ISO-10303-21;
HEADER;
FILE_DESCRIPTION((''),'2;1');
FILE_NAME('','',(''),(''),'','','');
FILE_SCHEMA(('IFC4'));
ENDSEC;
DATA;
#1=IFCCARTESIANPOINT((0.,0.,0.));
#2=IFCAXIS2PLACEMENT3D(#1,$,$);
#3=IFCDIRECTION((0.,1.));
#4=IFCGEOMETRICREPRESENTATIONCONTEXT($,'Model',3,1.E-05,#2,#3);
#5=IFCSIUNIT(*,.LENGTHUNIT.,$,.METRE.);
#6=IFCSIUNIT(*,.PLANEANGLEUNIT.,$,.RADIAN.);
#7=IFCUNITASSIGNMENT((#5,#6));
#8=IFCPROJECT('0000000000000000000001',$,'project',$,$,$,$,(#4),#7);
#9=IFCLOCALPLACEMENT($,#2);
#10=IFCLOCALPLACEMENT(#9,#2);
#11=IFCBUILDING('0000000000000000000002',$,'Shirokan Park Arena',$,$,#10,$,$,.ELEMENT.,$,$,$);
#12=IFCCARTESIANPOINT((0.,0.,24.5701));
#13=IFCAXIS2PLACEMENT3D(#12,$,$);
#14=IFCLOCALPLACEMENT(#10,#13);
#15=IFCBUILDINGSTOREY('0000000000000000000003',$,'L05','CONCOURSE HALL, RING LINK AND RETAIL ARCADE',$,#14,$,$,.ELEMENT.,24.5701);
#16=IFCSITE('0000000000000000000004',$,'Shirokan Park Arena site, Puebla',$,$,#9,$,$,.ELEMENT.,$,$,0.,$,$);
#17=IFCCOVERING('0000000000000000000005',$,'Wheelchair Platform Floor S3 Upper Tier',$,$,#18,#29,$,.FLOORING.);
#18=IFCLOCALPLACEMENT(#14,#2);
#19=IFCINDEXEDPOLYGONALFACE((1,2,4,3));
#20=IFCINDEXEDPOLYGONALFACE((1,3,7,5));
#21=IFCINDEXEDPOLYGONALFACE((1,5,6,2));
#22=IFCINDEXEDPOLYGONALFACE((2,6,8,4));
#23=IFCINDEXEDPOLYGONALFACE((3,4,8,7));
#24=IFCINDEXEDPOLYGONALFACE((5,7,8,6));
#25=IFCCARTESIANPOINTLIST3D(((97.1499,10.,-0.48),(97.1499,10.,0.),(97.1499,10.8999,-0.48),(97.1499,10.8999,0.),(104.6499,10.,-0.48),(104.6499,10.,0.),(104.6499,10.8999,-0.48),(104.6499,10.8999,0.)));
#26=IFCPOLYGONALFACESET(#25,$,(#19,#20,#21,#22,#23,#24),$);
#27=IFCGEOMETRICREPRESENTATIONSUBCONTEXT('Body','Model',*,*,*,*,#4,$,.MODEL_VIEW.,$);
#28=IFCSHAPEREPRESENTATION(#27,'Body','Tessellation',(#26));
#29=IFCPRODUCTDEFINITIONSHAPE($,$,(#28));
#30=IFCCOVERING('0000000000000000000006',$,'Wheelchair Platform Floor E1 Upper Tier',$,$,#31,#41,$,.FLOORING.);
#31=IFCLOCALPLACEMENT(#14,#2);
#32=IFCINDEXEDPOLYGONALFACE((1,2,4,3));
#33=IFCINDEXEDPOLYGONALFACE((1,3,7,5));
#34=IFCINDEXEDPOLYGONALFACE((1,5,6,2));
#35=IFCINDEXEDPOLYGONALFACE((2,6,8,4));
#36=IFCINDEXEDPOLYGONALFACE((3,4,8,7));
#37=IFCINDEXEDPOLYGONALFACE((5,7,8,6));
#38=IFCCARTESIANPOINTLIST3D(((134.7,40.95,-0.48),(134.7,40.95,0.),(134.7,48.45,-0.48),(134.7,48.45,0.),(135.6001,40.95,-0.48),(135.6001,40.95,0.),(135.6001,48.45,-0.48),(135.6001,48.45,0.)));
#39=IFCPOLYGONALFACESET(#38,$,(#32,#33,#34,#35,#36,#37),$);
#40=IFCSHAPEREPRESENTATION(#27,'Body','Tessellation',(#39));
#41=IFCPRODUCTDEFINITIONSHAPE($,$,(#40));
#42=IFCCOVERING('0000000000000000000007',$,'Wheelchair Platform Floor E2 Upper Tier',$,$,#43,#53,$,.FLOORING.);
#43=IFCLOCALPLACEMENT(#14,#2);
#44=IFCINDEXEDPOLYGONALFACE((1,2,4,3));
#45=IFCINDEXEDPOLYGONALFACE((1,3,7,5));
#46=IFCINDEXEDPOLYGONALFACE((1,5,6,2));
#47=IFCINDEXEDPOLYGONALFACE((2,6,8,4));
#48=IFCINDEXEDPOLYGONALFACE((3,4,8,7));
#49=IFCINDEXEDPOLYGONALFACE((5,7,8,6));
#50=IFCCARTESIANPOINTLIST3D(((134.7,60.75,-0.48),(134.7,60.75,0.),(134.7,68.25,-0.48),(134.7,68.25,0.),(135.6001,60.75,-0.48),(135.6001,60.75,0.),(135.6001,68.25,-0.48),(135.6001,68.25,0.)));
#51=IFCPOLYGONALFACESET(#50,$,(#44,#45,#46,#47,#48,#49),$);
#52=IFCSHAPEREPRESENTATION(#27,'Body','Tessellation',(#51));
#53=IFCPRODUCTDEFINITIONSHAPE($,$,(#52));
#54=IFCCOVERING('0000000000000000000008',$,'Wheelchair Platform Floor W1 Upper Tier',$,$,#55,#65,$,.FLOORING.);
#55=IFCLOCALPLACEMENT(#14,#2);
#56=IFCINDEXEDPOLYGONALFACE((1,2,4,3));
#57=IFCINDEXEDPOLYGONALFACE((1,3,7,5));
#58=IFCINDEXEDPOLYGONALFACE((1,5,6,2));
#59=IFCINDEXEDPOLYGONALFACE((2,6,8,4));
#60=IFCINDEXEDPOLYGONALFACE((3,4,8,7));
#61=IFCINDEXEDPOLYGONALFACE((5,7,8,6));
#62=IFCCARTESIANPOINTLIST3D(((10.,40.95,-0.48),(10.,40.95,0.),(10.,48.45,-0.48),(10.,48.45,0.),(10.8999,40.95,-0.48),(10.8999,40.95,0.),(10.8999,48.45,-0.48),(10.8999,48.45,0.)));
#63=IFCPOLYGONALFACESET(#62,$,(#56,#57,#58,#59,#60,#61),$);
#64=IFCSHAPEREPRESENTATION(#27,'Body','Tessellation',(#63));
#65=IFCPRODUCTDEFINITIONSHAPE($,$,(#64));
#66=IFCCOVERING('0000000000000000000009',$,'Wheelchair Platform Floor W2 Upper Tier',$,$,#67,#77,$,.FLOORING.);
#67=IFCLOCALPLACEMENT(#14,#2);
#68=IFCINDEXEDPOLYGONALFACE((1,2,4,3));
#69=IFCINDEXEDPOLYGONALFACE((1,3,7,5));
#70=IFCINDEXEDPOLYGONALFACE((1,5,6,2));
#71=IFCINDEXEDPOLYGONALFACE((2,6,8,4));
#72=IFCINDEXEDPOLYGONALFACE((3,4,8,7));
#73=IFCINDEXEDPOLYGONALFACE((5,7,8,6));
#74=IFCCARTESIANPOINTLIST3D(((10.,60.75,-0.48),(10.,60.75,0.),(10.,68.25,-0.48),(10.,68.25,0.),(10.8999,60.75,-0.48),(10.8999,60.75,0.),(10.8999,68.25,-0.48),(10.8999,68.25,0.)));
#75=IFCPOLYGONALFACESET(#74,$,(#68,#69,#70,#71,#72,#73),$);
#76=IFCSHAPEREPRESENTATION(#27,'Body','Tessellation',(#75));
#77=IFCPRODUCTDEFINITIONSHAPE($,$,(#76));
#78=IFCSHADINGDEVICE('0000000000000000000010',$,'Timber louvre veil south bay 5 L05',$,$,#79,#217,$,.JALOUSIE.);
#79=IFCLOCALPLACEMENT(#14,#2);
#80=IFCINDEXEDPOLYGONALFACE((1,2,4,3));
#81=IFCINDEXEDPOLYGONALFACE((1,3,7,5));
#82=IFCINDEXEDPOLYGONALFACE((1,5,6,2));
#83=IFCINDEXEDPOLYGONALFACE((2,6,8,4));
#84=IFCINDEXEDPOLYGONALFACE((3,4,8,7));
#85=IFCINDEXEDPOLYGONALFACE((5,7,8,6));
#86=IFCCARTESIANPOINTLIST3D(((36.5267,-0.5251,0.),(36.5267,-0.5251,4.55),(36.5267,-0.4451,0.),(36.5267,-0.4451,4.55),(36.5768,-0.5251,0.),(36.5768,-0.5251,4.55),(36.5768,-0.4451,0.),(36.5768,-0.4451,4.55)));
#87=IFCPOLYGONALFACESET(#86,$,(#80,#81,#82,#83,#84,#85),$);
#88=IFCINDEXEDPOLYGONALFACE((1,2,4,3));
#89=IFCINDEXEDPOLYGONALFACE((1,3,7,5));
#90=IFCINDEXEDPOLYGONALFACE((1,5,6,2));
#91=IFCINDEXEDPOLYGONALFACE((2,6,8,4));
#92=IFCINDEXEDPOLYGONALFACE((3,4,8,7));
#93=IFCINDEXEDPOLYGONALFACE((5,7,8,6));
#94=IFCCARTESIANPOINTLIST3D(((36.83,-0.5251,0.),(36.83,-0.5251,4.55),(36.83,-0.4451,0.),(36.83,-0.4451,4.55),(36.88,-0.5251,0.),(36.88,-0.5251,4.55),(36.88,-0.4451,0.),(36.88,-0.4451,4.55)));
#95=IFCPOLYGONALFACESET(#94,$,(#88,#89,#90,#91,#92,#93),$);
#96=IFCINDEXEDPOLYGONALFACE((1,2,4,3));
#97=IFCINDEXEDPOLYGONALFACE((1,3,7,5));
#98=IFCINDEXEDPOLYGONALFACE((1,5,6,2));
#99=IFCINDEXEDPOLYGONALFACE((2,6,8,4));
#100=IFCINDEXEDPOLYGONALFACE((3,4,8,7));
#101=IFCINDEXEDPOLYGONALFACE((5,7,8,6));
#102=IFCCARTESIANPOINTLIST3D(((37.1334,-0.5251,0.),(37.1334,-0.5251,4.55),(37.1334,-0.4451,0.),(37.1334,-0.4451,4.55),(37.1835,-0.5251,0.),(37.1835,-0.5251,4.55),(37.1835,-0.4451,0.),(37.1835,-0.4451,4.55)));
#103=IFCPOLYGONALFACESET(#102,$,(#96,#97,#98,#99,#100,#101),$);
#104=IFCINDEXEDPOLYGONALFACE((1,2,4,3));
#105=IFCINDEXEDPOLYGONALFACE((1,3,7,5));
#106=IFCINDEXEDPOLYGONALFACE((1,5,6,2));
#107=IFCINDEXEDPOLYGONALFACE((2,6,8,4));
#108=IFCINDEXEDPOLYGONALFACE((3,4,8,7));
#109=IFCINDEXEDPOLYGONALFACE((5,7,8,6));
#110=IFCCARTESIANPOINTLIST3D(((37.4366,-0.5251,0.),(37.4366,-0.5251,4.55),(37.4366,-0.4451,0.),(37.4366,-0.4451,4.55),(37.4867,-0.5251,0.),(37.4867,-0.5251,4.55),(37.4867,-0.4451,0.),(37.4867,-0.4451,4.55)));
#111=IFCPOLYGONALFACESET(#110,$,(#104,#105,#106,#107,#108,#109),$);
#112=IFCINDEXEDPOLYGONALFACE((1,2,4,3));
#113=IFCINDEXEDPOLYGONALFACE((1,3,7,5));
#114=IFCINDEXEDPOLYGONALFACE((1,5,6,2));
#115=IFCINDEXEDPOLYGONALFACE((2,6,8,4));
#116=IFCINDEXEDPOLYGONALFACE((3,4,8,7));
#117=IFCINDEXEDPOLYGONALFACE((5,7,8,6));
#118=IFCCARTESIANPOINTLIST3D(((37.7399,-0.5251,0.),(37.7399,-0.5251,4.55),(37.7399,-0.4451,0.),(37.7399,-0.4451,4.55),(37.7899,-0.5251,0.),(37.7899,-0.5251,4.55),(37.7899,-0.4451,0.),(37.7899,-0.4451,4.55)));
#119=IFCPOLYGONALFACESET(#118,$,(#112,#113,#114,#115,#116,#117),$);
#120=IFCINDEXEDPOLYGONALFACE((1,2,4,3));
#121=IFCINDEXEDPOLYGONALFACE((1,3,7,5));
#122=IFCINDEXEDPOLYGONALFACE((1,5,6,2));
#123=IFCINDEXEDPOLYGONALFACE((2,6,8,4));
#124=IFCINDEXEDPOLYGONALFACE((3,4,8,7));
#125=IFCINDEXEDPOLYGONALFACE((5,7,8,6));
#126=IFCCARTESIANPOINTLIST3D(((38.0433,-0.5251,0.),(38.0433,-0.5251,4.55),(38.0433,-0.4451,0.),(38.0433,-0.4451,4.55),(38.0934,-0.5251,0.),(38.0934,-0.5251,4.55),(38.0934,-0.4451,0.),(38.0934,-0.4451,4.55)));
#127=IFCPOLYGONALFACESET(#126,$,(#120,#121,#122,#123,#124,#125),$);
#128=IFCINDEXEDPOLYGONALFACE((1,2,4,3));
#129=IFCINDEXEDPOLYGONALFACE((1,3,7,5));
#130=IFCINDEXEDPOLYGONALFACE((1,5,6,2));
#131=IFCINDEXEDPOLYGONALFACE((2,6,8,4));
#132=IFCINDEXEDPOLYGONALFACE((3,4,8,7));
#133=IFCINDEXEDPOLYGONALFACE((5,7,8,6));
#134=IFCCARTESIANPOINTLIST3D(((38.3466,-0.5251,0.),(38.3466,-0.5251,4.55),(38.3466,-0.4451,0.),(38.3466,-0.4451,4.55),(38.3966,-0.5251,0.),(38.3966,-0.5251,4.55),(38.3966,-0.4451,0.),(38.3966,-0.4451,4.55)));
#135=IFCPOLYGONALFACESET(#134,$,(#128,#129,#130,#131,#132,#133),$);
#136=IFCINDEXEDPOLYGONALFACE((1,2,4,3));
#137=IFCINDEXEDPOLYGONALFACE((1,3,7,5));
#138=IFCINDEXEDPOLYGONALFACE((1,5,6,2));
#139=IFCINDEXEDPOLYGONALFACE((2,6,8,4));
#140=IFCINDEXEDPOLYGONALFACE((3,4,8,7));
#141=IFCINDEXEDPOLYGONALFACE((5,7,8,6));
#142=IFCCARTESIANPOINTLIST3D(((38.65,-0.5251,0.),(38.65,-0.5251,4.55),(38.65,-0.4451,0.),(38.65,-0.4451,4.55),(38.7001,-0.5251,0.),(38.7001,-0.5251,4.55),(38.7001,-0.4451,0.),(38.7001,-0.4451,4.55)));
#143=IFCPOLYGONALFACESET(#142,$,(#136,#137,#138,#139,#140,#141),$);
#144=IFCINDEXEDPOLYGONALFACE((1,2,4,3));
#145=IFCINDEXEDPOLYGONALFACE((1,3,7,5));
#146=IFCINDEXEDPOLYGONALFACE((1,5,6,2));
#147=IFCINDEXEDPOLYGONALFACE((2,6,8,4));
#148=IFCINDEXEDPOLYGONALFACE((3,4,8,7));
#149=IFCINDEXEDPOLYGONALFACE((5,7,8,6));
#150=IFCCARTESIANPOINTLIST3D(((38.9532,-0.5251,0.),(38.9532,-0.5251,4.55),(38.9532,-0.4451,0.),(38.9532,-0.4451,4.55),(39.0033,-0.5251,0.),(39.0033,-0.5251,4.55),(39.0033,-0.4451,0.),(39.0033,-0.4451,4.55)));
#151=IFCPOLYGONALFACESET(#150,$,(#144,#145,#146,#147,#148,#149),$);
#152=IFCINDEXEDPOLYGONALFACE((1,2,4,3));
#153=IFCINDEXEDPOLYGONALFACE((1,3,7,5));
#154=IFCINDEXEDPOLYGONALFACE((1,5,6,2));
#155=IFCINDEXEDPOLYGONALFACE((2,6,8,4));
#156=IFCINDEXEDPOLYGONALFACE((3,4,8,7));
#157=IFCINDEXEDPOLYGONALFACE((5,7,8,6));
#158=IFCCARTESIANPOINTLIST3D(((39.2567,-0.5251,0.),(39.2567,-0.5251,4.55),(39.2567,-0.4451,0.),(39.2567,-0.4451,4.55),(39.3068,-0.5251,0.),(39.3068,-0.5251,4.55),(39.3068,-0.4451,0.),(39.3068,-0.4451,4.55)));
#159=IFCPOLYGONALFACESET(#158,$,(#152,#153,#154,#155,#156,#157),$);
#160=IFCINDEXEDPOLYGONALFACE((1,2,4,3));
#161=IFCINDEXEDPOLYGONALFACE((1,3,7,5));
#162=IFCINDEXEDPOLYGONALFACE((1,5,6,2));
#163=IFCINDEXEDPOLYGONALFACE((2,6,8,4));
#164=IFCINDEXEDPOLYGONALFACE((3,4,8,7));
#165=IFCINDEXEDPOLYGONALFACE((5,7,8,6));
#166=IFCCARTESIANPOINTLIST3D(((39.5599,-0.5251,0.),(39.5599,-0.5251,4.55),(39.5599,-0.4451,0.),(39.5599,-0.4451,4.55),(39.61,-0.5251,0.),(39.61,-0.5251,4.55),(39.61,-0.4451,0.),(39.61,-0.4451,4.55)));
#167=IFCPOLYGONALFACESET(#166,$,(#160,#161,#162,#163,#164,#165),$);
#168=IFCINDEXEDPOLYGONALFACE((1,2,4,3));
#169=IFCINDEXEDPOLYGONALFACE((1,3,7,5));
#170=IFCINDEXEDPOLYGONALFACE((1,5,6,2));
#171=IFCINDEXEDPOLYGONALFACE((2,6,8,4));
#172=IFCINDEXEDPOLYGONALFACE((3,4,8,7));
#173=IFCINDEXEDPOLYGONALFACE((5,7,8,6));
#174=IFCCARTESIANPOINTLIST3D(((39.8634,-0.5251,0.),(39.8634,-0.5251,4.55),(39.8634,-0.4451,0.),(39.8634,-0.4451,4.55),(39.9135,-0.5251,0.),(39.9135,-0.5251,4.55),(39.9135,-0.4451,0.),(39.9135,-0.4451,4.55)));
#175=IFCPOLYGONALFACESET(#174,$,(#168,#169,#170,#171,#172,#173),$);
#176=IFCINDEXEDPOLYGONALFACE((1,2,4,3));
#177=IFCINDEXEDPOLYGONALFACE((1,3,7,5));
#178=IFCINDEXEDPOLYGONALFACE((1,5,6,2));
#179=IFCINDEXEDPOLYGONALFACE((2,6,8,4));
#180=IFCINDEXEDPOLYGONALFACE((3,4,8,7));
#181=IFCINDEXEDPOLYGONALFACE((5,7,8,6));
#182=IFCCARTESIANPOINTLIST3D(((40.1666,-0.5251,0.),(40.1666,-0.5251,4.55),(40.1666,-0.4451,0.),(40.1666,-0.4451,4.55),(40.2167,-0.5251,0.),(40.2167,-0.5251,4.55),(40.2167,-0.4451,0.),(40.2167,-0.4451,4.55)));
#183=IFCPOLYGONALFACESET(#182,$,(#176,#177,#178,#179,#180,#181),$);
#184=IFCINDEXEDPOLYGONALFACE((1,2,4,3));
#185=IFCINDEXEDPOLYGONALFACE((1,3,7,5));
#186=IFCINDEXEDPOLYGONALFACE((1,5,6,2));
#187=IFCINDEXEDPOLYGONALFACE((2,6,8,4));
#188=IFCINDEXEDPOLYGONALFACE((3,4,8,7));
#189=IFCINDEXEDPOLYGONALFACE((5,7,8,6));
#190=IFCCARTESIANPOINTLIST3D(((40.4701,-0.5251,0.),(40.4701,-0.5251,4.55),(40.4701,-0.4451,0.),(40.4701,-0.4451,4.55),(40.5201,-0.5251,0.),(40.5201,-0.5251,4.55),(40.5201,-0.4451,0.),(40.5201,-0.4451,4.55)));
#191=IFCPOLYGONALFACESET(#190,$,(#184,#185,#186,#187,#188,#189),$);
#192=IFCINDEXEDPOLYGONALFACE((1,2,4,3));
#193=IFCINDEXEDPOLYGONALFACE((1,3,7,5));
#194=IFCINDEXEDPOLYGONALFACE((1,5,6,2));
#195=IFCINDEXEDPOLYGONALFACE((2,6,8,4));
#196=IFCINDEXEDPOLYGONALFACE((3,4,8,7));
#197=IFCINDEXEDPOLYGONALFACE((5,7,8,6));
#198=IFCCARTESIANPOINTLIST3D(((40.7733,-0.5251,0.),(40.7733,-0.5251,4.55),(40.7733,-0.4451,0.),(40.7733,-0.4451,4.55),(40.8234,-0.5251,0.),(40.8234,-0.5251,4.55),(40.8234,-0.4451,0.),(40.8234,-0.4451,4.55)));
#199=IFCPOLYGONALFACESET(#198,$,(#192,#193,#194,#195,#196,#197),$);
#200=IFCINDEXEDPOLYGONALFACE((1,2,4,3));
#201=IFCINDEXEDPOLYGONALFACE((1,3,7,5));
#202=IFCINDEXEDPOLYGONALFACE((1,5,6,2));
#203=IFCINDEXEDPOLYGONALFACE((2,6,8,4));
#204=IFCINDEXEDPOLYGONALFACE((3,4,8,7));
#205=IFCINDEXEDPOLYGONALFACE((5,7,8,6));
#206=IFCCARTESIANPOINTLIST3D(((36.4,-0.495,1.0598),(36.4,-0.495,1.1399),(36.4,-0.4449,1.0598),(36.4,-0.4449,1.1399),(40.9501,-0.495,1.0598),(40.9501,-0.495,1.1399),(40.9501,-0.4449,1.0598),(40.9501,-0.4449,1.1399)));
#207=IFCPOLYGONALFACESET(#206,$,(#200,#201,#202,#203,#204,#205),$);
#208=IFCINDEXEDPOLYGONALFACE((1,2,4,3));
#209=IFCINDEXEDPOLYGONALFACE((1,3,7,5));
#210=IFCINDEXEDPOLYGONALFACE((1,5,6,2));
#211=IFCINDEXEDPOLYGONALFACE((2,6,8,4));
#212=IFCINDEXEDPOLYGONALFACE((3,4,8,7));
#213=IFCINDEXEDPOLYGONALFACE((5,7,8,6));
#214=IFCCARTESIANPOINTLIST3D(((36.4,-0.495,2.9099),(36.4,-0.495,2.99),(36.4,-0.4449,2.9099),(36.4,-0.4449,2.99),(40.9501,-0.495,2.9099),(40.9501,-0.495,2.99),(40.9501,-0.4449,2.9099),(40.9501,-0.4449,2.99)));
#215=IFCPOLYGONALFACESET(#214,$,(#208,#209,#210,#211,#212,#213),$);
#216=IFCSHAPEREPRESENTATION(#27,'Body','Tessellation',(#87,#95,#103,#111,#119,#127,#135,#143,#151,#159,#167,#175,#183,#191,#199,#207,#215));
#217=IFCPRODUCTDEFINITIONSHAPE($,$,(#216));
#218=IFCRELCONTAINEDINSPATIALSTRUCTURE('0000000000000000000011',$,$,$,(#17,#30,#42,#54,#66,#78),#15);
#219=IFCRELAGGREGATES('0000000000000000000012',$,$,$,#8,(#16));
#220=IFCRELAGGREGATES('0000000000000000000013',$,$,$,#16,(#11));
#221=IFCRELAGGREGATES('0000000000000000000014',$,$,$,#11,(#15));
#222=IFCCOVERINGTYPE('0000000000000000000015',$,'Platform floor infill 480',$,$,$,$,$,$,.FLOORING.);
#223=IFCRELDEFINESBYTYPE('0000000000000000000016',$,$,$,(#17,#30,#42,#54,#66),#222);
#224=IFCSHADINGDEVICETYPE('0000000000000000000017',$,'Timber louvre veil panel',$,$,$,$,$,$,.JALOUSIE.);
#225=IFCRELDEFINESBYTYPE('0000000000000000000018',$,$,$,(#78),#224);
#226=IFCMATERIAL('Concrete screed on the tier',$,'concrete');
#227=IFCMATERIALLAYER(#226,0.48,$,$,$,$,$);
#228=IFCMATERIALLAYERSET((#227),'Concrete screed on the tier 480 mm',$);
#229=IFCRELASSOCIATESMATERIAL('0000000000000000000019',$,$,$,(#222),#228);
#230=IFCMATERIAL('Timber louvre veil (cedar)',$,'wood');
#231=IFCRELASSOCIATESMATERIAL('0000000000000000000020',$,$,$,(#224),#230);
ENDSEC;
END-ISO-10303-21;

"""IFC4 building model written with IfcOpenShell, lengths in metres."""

from ifc_helpers import new_model, si_unit, direction, frame, origin, origin_2d, place, context, subcontext, project, spatial, polyline, rectangle, outline, extrude, material, layer, layer_set, type_object, element, save


model = new_model("IFC4")

# Units and contexts
model_context = context("Model", 3, precision=1e-05, world=origin(), true_north=direction((0.0, 1.0)))
body_context = subcontext(model_context, "Body", "Model", "MODEL_VIEW")
ifc_project = project(units=[si_unit("LENGTHUNIT", "METRE"), si_unit("PLANEANGLEUNIT", "RADIAN")], contexts=[model_context])

# Site, building, storey
site_placement = place(None, origin())
site = spatial("IfcSite", under=ifc_project, at=site_placement, Name="Shirokan Park Arena site, Puebla", CompositionType="ELEMENT", RefElevation=0.0)
building_placement = place(site_placement, origin())
building = spatial("IfcBuilding", under=site, at=building_placement, Name="Shirokan Park Arena", CompositionType="ELEMENT")
storey_placement = place(building_placement, frame((0.0, 0.0, 24.5701)))
storey = spatial("IfcBuildingStorey", under=building, at=storey_placement, Name="L05", Description="CONCOURSE HALL, RING LINK AND RETAIL ARCADE", CompositionType="ELEMENT", Elevation=24.5701)

# Coverings
ifc_material_1 = material(Name="Concrete screed on the tier", Category="concrete")
ifc_layer_1 = layer(ifc_material_1, 0.48)
ifc_layer_set_1 = layer_set([ifc_layer_1], Name="Concrete screed on the tier 480 mm")
covering_type = type_object("IfcCoveringType", Name="Platform floor infill 480", PredefinedType="FLOORING", material=ifc_layer_set_1)
covering_1_placement = place(storey_placement, frame((0.0, 0.0, -0.48)))
element("IfcCovering", 1, at=covering_1_placement, inside=storey, type_object=covering_type, Name="Wheelchair Platform Floor S3 Upper Tier", PredefinedType="FLOORING", context=body_context, shape_type="SweptSolid", body=[
    extrude(outline(polyline([(104.6499, 10.0), (104.6499, 10.8999), (97.1499, 10.8999), (97.1499, 10.0), (104.6499, 10.0)])), origin(), (0.0, 0.0, 1.0), 0.48),
])
covering_2_placement = place(storey_placement, frame((0.0, 0.0, -0.48)))
element("IfcCovering", 2, at=covering_2_placement, inside=storey, type_object=covering_type, Name="Wheelchair Platform Floor E1 Upper Tier", PredefinedType="FLOORING", context=body_context, shape_type="SweptSolid", body=[
    extrude(outline(polyline([(135.6001, 40.95), (135.6001, 48.45), (134.7, 48.45), (134.7, 40.95), (135.6001, 40.95)])), origin(), (0.0, 0.0, 1.0), 0.48),
])
covering_3_placement = place(storey_placement, frame((0.0, 0.0, -0.48)))
element("IfcCovering", 3, at=covering_3_placement, inside=storey, type_object=covering_type, Name="Wheelchair Platform Floor E2 Upper Tier", PredefinedType="FLOORING", context=body_context, shape_type="SweptSolid", body=[
    extrude(outline(polyline([(135.6001, 60.75), (135.6001, 68.25), (134.7, 68.25), (134.7, 60.75), (135.6001, 60.75)])), origin(), (0.0, 0.0, 1.0), 0.48),
])
covering_4_placement = place(storey_placement, frame((0.0, 0.0, -0.48)))
element("IfcCovering", 4, at=covering_4_placement, inside=storey, type_object=covering_type, Name="Wheelchair Platform Floor W1 Upper Tier", PredefinedType="FLOORING", context=body_context, shape_type="SweptSolid", body=[
    extrude(outline(polyline([(10.8999, 40.95), (10.8999, 48.45), (10.0, 48.45), (10.0, 40.95), (10.8999, 40.95)])), origin(), (0.0, 0.0, 1.0), 0.48),
])
covering_5_placement = place(storey_placement, frame((0.0, 0.0, -0.48)))
element("IfcCovering", 5, at=covering_5_placement, inside=storey, type_object=covering_type, Name="Wheelchair Platform Floor W2 Upper Tier", PredefinedType="FLOORING", context=body_context, shape_type="SweptSolid", body=[
    extrude(outline(polyline([(10.8999, 60.75), (10.8999, 68.25), (10.0, 68.25), (10.0, 60.75), (10.8999, 60.75)])), origin(), (0.0, 0.0, 1.0), 0.48),
])

# Shading device
ifc_material_2 = material(Name="Timber louvre veil (cedar)", Category="wood")
shading_device_type = type_object("IfcShadingDeviceType", Name="Timber louvre veil panel", PredefinedType="JALOUSIE", material=ifc_material_2)
shading_device_1_placement = place(storey_placement, origin())
element("IfcShadingDevice", 6, at=shading_device_1_placement, inside=storey, type_object=shading_device_type, Name="Timber louvre veil south bay 5 L05", PredefinedType="JALOUSIE", context=body_context, shape_type="SweptSolid", body=[
    extrude(rectangle(XDim=0.05, YDim=0.0801, at=origin_2d()), frame((36.5518, -0.4851, 0.0), z_axis=(0.0, 0.0, 1.0), x_axis=(1.0, 0.0, 0.0)), (0.0, 0.0, 1.0), 4.55),
    extrude(rectangle(XDim=0.05, YDim=0.0801, at=origin_2d()), frame((36.855, -0.4851, 0.0), z_axis=(0.0, 0.0, 1.0), x_axis=(1.0, 0.0, 0.0)), (0.0, 0.0, 1.0), 4.55),
    extrude(rectangle(XDim=0.05, YDim=0.0801, at=origin_2d()), frame((37.1584, -0.4851, 0.0), z_axis=(0.0, 0.0, 1.0), x_axis=(1.0, 0.0, 0.0)), (0.0, 0.0, 1.0), 4.55),
    extrude(rectangle(XDim=0.05, YDim=0.0801, at=origin_2d()), frame((37.4617, -0.4851, 0.0), z_axis=(0.0, 0.0, 1.0), x_axis=(1.0, 0.0, 0.0)), (0.0, 0.0, 1.0), 4.55),
    extrude(rectangle(XDim=0.05, YDim=0.0801, at=origin_2d()), frame((37.7649, -0.4851, 0.0), z_axis=(0.0, 0.0, 1.0), x_axis=(1.0, 0.0, 0.0)), (0.0, 0.0, 1.0), 4.55),
    extrude(rectangle(XDim=0.05, YDim=0.0801, at=origin_2d()), frame((38.0684, -0.4851, 0.0), z_axis=(0.0, 0.0, 1.0), x_axis=(1.0, 0.0, 0.0)), (0.0, 0.0, 1.0), 4.55),
    extrude(rectangle(XDim=0.05, YDim=0.0801, at=origin_2d()), frame((38.3716, -0.4851, 0.0), z_axis=(0.0, 0.0, 1.0), x_axis=(1.0, 0.0, 0.0)), (0.0, 0.0, 1.0), 4.55),
    extrude(rectangle(XDim=0.05, YDim=0.0801, at=origin_2d()), frame((38.675, -0.4851, 0.0), z_axis=(0.0, 0.0, 1.0), x_axis=(1.0, 0.0, 0.0)), (0.0, 0.0, 1.0), 4.55),
    extrude(rectangle(XDim=0.05, YDim=0.0801, at=origin_2d()), frame((38.9783, -0.4851, 0.0), z_axis=(0.0, 0.0, 1.0), x_axis=(1.0, 0.0, 0.0)), (0.0, 0.0, 1.0), 4.55),
    extrude(rectangle(XDim=0.05, YDim=0.0801, at=origin_2d()), frame((39.2817, -0.4851, 0.0), z_axis=(0.0, 0.0, 1.0), x_axis=(1.0, 0.0, 0.0)), (0.0, 0.0, 1.0), 4.55),
    extrude(rectangle(XDim=0.05, YDim=0.0801, at=origin_2d()), frame((39.585, -0.4851, 0.0), z_axis=(0.0, 0.0, 1.0), x_axis=(1.0, 0.0, 0.0)), (0.0, 0.0, 1.0), 4.55),
    extrude(rectangle(XDim=0.05, YDim=0.0801, at=origin_2d()), frame((39.8884, -0.4851, 0.0), z_axis=(0.0, 0.0, 1.0), x_axis=(1.0, 0.0, 0.0)), (0.0, 0.0, 1.0), 4.55),
    extrude(rectangle(XDim=0.05, YDim=0.0801, at=origin_2d()), frame((40.1917, -0.4851, 0.0), z_axis=(0.0, 0.0, 1.0), x_axis=(1.0, 0.0, 0.0)), (0.0, 0.0, 1.0), 4.55),
    extrude(rectangle(XDim=0.05, YDim=0.0801, at=origin_2d()), frame((40.4951, -0.4851, 0.0), z_axis=(0.0, 0.0, 1.0), x_axis=(1.0, 0.0, 0.0)), (0.0, 0.0, 1.0), 4.55),
    extrude(rectangle(XDim=0.05, YDim=0.0801, at=origin_2d()), frame((40.7983, -0.4851, 0.0), z_axis=(0.0, 0.0, 1.0), x_axis=(1.0, 0.0, 0.0)), (0.0, 0.0, 1.0), 4.55),
    extrude(rectangle(XDim=4.55, YDim=0.05, at=origin_2d()), frame((38.675, -0.47, 1.0598), z_axis=(0.0, 0.0, 1.0), x_axis=(1.0, 0.0, 0.0)), (0.0, 0.0, 1.0), 0.0801),
    extrude(rectangle(XDim=4.55, YDim=0.05, at=origin_2d()), frame((38.675, -0.47, 2.9099), z_axis=(0.0, 0.0, 1.0), x_axis=(1.0, 0.0, 0.0)), (0.0, 0.0, 1.0), 0.0801),
])

save(model, "model.ifc")
